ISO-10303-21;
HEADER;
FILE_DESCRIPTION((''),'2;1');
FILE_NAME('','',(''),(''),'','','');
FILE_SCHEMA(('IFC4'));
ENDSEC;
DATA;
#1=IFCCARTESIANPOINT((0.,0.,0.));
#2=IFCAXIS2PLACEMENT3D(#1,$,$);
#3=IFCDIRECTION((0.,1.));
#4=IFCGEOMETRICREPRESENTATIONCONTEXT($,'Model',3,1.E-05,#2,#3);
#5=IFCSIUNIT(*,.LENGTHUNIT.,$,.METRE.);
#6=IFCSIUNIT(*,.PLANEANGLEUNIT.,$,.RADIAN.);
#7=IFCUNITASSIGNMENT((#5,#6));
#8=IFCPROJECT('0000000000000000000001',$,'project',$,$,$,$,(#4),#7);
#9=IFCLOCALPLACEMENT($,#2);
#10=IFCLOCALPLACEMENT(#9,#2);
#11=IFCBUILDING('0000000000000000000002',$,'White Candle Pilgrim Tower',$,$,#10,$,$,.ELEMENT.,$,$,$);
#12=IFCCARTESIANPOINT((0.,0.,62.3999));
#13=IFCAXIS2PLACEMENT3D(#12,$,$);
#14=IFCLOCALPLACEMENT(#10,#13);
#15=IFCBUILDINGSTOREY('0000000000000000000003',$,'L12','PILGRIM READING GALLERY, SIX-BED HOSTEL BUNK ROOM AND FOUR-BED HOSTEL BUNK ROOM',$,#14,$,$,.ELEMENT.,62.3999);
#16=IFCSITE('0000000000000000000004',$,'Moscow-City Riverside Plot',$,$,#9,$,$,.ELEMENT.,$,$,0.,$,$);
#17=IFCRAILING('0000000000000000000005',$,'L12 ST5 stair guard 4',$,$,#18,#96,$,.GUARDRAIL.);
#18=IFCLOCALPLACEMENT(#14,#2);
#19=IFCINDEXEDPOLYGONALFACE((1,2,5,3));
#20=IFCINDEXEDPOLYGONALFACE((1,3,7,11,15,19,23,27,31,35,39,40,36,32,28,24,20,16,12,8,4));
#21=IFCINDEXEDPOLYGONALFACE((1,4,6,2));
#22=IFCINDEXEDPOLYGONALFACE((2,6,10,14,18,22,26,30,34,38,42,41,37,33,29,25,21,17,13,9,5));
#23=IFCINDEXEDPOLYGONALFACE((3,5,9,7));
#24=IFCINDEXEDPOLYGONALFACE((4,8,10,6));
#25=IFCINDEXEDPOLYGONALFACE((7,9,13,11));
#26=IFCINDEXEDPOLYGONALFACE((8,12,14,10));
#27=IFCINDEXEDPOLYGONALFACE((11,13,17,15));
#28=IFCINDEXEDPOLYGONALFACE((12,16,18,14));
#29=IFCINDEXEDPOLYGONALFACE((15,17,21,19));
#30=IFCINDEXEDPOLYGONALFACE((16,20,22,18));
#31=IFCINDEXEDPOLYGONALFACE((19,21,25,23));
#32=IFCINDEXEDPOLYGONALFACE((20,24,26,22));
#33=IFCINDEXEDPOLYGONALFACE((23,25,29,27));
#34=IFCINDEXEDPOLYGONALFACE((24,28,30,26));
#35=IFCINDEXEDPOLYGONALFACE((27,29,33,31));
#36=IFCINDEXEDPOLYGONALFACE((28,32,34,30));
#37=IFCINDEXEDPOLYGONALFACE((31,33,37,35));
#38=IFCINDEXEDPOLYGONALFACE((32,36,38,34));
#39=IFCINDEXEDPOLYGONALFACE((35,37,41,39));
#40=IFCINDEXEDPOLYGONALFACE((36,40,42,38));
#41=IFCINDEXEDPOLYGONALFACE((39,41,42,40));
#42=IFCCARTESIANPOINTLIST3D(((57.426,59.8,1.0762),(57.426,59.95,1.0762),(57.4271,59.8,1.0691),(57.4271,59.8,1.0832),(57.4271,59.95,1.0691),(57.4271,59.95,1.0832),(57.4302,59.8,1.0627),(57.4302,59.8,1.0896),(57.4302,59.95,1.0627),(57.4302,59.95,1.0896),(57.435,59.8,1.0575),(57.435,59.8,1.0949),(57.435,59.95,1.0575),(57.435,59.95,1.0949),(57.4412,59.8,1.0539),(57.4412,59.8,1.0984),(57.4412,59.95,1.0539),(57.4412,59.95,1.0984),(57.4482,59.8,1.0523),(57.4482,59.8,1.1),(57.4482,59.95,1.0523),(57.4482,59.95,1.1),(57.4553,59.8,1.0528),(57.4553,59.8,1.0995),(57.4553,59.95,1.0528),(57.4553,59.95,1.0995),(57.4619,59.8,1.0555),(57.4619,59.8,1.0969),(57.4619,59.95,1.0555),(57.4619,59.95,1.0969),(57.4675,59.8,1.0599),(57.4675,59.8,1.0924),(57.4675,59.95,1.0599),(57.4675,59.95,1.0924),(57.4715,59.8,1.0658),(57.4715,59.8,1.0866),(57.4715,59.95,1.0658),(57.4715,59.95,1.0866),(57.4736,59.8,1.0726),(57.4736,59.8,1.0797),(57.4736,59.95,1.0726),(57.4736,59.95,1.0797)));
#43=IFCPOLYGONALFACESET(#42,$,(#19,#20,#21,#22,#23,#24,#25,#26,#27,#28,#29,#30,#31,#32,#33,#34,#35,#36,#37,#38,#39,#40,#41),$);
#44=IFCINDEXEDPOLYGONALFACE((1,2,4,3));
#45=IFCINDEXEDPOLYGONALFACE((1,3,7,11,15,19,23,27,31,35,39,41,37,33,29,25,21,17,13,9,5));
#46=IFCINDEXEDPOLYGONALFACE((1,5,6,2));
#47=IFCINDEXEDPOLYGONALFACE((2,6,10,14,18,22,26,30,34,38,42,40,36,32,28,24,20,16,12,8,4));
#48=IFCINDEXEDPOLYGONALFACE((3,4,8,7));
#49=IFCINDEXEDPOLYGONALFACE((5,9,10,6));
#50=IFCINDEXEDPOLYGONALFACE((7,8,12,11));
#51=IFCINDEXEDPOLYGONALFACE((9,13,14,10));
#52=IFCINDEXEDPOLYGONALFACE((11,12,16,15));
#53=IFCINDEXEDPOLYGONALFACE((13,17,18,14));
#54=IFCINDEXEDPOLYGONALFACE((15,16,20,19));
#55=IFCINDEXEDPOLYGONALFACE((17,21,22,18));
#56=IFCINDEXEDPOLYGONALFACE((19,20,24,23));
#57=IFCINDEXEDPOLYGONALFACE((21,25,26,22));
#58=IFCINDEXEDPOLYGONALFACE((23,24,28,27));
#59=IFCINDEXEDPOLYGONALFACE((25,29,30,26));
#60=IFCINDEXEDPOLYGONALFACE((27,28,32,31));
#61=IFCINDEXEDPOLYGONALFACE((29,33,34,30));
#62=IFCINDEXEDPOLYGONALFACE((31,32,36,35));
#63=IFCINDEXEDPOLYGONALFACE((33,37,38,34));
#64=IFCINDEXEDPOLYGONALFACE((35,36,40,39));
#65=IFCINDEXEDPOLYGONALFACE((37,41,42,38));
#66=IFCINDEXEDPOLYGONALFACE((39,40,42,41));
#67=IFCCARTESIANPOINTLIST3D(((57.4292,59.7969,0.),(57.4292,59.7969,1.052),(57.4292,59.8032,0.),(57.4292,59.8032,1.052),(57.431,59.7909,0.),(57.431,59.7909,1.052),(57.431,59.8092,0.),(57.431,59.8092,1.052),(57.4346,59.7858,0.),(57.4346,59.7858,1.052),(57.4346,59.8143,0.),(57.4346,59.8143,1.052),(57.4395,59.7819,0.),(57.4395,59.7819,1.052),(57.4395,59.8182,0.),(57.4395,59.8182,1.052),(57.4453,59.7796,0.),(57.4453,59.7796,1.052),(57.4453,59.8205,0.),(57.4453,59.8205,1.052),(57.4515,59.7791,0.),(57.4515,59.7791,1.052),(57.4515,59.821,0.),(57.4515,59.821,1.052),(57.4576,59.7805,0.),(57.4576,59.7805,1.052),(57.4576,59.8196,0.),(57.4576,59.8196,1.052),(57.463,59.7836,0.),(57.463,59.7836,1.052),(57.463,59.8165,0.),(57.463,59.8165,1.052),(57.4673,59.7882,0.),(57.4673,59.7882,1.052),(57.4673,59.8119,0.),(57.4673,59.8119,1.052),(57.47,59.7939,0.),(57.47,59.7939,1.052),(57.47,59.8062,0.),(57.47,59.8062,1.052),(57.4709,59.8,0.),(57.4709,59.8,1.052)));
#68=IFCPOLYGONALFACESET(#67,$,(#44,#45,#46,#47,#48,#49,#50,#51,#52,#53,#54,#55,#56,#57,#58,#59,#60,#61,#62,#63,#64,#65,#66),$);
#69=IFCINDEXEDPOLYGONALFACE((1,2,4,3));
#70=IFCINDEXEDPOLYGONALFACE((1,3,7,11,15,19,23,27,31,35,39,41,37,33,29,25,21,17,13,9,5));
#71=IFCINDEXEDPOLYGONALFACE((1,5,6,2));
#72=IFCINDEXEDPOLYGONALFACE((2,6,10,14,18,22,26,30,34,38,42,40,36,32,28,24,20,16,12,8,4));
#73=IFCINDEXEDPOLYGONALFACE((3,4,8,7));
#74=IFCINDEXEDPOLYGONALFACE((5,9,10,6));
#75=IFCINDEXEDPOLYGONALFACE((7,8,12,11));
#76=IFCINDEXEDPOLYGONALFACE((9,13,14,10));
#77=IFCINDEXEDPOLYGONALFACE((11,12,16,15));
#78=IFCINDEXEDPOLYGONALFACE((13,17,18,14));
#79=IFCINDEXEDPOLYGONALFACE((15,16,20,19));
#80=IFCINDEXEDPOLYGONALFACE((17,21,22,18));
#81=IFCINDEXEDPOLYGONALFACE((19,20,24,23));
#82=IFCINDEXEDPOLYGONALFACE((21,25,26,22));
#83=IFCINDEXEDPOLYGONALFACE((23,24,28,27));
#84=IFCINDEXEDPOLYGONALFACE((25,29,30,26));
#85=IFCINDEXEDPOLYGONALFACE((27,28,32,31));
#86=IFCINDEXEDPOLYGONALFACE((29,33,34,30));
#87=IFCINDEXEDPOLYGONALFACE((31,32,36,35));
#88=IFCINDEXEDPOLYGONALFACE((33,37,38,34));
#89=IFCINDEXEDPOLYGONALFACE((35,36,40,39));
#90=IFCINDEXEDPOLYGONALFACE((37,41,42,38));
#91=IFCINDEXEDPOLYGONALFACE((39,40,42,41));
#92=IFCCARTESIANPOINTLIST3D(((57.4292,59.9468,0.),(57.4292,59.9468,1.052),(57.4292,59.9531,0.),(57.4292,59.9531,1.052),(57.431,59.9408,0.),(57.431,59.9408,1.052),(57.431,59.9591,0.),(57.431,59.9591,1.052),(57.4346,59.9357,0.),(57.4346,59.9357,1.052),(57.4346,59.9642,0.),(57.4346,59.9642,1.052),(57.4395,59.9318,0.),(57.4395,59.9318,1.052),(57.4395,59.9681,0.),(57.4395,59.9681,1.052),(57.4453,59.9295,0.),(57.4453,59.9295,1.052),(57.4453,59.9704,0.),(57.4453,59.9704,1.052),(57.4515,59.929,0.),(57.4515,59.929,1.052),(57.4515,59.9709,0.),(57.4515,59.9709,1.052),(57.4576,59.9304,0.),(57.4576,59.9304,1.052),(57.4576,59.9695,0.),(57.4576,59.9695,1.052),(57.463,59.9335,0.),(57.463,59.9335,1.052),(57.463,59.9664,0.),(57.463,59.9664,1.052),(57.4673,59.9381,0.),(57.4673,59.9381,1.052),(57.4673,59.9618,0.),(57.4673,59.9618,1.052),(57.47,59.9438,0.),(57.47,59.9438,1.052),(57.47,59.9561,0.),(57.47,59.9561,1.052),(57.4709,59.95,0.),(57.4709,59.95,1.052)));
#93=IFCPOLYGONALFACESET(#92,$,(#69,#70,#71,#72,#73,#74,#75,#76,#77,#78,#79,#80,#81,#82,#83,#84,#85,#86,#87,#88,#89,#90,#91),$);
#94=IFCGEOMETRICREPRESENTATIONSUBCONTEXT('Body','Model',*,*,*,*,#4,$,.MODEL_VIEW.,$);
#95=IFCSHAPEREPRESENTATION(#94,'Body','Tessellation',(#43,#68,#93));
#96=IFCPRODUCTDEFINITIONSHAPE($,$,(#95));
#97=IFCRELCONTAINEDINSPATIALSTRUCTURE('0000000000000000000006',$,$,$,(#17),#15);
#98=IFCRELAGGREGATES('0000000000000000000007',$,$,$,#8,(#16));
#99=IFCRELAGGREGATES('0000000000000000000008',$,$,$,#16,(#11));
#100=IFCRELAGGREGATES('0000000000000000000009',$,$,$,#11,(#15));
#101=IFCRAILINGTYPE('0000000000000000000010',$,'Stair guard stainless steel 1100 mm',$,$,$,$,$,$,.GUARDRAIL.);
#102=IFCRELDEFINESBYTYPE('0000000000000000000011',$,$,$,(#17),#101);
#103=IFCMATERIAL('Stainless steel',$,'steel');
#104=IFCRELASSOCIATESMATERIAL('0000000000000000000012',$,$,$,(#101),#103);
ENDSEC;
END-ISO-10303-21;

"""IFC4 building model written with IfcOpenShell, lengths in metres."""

from ifc_helpers import new_model, si_unit, direction, frame, origin, origin_2d, place, context, subcontext, project, spatial, circle, extrude, material, type_object, element, save


model = new_model("IFC4")

# Units and contexts
model_context = context("Model", 3, precision=1e-05, world=origin(), true_north=direction((0.0, 1.0)))
body_context = subcontext(model_context, "Body", "Model", "MODEL_VIEW")
ifc_project = project(units=[si_unit("LENGTHUNIT", "METRE"), si_unit("PLANEANGLEUNIT", "RADIAN")], contexts=[model_context])

# Site, building, storey
site_placement = place(None, origin())
site = spatial("IfcSite", under=ifc_project, at=site_placement, Name="Moscow-City Riverside Plot", CompositionType="ELEMENT", RefElevation=0.0)
building_placement = place(site_placement, origin())
building = spatial("IfcBuilding", under=site, at=building_placement, Name="White Candle Pilgrim Tower", CompositionType="ELEMENT")
storey_placement = place(building_placement, frame((0.0, 0.0, 62.3999)))
storey = spatial("IfcBuildingStorey", under=building, at=storey_placement, Name="L12", Description="PILGRIM READING GALLERY, SIX-BED HOSTEL BUNK ROOM AND FOUR-BED HOSTEL BUNK ROOM", CompositionType="ELEMENT", Elevation=62.3999)

# Railing
ifc_material_1 = material(Name="Stainless steel", Category="steel")
railing_type_1 = type_object("IfcRailingType", Name="Stair guard stainless steel 1100 mm", PredefinedType="GUARDRAIL", material=ifc_material_1)
railing_1_placement = place(storey_placement, frame((57.45, 59.8, 0.0)))
element("IfcRailing", 1, at=railing_1_placement, inside=storey, type_object=railing_type_1, Name="L12 ST5 stair guard 4", PredefinedType="GUARDRAIL", context=body_context, shape_type="SweptSolid", body=[
    extrude(circle(Radius=0.0239, at=origin_2d()), frame((0.0, 0.0, 1.0762), z_axis=(0.0, 1.0, 0.0), x_axis=(-1.0, 0.0, 0.0)), (0.0, 0.0, 1.0), 0.1499),
    extrude(circle(Radius=0.021, at=origin_2d()), origin(), (0.0, 0.0, 1.0), 1.052),
    extrude(circle(Radius=0.021, at=origin_2d()), frame((0.0, 0.1499, 0.0)), (0.0, 0.0, 1.0), 1.052),
])

save(model, "model.ifc")
